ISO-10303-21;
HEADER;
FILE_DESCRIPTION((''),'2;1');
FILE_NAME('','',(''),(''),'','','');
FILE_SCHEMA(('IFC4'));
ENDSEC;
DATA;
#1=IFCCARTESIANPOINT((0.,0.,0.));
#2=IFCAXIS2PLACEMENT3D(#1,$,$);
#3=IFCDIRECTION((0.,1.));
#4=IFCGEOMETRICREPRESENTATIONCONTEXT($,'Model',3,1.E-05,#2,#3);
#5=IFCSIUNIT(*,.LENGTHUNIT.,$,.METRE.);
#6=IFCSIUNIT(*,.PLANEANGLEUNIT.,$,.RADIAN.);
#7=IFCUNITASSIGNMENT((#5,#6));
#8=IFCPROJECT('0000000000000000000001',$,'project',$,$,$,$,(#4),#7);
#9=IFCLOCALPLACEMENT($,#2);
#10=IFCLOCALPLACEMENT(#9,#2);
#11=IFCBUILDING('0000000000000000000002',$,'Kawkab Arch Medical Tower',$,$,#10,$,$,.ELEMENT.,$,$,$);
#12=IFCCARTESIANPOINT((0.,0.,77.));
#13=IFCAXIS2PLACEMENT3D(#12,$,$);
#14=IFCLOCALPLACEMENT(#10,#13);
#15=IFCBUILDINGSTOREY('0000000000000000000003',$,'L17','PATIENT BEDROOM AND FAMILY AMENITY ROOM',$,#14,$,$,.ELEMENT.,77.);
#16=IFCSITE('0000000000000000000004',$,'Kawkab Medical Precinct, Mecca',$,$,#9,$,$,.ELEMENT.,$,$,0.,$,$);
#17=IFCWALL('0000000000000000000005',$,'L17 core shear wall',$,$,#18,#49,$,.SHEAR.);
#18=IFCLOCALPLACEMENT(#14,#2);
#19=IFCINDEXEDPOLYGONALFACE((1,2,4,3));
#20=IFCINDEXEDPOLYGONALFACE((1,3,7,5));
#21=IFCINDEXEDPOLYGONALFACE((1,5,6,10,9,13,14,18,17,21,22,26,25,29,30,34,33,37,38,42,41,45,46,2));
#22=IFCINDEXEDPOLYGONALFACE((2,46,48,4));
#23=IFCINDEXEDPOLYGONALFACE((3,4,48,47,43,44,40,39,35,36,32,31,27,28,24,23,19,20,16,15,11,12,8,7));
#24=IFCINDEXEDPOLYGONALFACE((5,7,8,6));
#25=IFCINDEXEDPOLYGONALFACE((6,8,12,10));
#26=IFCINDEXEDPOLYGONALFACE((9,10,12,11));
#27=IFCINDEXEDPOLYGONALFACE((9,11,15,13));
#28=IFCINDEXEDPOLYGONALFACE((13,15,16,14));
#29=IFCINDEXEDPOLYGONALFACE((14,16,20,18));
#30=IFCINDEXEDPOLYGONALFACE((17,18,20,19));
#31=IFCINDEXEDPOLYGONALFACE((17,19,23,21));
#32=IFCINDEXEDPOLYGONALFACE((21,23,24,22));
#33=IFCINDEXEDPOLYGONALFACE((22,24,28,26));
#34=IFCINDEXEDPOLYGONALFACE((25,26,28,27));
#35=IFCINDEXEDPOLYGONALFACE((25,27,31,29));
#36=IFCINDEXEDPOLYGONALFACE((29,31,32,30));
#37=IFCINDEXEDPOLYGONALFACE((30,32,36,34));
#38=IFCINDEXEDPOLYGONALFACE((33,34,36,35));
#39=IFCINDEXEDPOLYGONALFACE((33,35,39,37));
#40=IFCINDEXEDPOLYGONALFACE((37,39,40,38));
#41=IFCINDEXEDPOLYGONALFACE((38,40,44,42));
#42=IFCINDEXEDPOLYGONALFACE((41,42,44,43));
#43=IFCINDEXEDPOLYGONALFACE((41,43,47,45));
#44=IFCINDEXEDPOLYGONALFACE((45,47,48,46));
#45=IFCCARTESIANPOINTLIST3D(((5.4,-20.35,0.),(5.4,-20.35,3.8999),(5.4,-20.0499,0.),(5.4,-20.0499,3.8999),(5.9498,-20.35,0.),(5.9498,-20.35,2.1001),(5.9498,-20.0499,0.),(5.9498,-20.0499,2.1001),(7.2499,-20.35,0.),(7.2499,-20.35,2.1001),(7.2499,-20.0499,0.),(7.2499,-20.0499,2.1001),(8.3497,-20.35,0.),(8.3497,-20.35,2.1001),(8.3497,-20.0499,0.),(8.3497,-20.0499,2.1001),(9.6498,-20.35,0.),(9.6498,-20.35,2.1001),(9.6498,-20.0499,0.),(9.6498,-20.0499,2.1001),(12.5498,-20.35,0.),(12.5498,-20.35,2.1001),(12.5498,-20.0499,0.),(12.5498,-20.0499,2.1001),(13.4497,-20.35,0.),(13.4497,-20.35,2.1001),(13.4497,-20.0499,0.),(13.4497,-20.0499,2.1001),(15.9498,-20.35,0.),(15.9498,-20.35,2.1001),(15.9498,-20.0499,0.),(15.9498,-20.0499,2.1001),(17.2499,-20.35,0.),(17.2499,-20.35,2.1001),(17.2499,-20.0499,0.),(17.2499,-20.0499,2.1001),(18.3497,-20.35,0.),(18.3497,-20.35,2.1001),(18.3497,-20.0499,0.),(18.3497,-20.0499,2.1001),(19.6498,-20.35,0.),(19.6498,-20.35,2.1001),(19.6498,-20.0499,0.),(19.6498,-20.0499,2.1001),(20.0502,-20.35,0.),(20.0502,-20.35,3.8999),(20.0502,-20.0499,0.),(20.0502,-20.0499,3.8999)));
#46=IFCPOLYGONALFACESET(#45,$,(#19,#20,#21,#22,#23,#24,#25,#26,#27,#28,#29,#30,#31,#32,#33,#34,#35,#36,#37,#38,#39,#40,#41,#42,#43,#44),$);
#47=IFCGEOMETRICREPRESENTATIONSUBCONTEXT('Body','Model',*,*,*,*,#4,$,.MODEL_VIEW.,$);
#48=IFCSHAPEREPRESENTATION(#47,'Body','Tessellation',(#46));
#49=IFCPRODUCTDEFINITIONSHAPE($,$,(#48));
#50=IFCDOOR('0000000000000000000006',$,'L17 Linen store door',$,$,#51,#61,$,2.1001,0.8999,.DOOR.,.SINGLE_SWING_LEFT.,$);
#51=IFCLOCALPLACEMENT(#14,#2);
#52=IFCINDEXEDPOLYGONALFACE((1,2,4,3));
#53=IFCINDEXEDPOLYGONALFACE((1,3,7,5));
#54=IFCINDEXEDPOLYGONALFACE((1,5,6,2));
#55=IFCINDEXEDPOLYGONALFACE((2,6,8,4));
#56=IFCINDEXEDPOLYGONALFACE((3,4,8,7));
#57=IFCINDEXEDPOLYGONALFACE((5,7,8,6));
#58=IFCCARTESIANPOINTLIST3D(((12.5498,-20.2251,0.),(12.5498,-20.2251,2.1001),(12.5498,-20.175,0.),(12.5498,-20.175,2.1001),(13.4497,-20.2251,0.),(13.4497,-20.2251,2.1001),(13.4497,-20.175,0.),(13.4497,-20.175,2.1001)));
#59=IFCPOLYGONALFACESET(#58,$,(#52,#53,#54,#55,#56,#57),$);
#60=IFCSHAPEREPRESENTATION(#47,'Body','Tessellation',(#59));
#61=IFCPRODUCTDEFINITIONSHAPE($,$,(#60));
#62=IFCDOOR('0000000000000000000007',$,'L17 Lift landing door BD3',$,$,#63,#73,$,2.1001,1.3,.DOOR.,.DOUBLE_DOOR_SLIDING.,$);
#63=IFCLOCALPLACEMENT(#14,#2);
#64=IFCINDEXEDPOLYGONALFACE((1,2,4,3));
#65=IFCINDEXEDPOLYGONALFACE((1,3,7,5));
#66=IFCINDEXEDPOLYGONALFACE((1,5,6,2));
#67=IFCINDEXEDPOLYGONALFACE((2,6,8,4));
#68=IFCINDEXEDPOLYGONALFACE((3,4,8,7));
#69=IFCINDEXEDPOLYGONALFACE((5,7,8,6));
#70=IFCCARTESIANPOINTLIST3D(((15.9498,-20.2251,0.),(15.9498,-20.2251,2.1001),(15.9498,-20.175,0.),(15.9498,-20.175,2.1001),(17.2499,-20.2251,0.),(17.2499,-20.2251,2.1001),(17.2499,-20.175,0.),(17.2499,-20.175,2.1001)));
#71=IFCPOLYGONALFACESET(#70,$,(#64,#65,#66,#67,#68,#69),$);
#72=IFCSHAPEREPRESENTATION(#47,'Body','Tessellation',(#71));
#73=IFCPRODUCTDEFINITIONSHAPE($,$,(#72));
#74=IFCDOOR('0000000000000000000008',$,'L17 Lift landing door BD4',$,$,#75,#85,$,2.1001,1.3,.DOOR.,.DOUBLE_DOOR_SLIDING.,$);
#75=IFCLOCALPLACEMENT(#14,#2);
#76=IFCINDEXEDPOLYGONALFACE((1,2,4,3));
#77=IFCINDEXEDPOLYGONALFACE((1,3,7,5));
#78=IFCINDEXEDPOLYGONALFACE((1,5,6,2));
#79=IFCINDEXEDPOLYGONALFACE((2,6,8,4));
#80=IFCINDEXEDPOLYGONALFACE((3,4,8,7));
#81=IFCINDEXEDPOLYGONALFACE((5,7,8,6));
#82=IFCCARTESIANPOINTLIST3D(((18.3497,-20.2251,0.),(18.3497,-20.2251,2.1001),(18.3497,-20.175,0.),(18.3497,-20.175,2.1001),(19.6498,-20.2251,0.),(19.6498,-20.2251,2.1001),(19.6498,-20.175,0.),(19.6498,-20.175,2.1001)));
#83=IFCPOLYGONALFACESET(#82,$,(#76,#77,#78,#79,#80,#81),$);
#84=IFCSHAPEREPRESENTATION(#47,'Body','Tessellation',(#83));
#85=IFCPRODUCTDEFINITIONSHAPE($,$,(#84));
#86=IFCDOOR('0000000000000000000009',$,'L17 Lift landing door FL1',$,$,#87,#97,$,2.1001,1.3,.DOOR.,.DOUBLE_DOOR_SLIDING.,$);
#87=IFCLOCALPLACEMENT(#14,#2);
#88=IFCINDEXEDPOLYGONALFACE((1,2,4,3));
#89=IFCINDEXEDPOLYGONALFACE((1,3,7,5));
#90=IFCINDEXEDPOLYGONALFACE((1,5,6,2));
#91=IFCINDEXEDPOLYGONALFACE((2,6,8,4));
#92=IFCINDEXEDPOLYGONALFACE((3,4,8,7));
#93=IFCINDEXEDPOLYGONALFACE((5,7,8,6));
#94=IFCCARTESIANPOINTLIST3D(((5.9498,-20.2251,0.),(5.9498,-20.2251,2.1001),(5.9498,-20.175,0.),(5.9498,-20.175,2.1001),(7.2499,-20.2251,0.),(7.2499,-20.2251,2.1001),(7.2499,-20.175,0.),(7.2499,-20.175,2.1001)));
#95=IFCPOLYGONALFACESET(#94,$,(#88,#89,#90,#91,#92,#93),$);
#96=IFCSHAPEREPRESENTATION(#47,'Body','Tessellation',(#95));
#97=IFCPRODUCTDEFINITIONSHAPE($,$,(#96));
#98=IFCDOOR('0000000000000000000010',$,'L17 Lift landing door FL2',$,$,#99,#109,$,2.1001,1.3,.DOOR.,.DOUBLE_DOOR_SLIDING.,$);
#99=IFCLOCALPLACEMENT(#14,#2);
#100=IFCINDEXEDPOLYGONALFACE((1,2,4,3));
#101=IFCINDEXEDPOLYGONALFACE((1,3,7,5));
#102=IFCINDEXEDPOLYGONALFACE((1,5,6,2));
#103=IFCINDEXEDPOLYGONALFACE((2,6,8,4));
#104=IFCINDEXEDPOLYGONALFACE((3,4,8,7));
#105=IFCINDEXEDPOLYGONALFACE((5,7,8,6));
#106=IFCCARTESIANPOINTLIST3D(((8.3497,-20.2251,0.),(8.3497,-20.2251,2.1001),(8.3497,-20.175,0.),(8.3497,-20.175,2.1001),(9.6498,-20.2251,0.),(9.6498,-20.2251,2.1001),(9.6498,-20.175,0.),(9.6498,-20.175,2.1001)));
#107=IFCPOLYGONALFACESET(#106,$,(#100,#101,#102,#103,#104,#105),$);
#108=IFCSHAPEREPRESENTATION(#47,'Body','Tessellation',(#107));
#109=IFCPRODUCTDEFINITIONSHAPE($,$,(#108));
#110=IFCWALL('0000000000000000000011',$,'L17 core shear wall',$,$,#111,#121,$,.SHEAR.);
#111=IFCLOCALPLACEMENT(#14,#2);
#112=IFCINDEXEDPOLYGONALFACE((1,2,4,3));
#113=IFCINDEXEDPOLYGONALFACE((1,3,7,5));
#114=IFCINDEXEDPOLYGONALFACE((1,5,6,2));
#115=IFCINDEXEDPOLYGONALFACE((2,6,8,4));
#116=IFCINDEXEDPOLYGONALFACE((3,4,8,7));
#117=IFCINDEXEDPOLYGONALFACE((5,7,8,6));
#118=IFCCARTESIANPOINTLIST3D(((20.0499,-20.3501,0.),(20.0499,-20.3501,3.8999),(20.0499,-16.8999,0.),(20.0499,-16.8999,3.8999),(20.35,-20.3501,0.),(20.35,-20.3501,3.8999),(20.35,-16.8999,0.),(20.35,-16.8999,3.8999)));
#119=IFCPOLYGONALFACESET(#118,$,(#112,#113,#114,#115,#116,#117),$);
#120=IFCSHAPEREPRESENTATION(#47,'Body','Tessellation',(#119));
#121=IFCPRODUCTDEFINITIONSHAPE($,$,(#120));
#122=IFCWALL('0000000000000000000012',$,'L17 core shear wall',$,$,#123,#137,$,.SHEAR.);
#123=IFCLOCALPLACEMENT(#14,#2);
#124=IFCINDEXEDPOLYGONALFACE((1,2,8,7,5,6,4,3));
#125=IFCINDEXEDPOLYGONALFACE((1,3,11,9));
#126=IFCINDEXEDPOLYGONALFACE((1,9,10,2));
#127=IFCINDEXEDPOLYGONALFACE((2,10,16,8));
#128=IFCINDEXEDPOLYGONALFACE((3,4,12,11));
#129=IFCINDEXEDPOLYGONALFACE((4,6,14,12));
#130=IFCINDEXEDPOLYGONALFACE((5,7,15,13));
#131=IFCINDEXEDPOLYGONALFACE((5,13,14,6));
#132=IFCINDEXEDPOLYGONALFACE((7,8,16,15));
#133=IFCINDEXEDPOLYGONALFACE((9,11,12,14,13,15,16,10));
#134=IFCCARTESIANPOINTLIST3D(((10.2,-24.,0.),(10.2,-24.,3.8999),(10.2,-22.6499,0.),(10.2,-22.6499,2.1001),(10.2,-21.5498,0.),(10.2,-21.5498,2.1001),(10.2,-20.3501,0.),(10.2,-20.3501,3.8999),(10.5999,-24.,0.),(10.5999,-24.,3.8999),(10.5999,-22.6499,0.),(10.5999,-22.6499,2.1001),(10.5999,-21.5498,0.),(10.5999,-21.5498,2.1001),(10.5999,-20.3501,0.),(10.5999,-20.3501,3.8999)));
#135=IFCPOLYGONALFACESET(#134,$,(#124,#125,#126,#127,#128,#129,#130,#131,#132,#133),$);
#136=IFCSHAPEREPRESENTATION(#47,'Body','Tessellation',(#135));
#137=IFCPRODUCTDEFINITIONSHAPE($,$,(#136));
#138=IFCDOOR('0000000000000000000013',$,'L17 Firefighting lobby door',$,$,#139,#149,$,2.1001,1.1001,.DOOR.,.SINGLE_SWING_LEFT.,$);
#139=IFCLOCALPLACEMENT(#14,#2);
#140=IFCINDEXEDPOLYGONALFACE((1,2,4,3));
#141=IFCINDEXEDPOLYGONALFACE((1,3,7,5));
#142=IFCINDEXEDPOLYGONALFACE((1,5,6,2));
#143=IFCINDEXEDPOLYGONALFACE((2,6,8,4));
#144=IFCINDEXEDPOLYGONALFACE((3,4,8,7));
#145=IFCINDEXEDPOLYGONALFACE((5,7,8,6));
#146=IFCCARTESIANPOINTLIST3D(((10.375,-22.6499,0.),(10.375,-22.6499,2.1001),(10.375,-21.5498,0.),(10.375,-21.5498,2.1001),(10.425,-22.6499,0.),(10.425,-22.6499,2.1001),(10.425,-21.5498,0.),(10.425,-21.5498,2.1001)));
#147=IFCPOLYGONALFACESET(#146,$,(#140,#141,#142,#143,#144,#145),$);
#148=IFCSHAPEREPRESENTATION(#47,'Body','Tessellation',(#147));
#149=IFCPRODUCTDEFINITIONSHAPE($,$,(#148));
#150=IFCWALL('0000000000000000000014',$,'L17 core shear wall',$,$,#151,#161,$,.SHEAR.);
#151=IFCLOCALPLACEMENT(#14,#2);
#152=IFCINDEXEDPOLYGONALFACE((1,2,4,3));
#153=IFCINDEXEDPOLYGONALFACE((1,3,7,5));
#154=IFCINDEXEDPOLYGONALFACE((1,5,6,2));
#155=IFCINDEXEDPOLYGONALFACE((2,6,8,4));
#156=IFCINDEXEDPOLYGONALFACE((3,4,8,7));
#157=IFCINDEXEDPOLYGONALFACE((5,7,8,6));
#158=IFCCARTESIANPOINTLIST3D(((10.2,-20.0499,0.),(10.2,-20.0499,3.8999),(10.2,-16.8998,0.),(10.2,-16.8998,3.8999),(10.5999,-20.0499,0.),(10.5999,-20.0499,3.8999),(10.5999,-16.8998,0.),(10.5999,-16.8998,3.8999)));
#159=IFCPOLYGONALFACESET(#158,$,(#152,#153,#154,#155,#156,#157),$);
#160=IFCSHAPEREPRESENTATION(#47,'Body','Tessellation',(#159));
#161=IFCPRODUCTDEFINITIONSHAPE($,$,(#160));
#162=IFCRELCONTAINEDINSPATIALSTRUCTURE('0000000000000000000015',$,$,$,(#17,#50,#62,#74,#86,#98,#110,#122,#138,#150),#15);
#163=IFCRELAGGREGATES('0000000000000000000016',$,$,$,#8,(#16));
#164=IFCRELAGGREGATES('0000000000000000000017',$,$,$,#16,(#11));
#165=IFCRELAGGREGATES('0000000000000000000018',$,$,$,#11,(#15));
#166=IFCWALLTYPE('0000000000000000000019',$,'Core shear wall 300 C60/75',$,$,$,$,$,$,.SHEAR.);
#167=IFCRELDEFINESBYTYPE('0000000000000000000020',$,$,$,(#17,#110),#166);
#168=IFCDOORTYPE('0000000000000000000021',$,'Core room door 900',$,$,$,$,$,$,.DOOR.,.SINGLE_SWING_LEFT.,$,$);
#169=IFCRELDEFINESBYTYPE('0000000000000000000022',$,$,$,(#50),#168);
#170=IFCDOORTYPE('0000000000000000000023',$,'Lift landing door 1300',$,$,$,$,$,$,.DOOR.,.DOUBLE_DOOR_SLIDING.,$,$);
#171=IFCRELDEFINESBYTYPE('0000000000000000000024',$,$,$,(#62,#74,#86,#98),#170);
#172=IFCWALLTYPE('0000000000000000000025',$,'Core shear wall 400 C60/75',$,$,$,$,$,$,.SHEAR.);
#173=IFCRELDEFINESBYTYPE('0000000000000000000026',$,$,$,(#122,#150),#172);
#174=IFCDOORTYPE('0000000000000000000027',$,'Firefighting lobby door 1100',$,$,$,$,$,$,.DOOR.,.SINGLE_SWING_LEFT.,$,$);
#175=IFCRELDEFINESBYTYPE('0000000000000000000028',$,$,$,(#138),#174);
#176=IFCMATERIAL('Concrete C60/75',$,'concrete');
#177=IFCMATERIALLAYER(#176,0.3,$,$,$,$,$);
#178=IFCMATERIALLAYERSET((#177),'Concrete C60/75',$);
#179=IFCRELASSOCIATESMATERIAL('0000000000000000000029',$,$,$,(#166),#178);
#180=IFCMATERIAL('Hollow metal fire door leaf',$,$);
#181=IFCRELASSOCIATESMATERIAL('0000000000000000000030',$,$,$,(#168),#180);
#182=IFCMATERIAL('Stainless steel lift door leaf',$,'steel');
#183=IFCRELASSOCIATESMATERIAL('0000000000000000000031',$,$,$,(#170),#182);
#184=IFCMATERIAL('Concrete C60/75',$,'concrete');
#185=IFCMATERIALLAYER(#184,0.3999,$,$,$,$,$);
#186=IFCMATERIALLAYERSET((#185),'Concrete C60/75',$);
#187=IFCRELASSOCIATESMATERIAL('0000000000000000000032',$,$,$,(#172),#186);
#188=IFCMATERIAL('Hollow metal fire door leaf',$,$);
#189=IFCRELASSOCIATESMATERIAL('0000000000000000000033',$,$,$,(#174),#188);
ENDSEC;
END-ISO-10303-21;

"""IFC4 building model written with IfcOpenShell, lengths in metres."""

from ifc_helpers import new_model, si_unit, direction, frame, frame_2d, origin, place, context, subcontext, project, spatial, rectangle, extrude, material, layer, layer_set, type_object, element, fill, save


model = new_model("IFC4")

# Units and contexts
model_context = context("Model", 3, precision=1e-05, world=origin(), true_north=direction((0.0, 1.0)))
body_context = subcontext(model_context, "Body", "Model", "MODEL_VIEW")
ifc_project = project(units=[si_unit("LENGTHUNIT", "METRE"), si_unit("PLANEANGLEUNIT", "RADIAN")], contexts=[model_context])

# Site, building, storey
site_placement = place(None, origin())
site = spatial("IfcSite", under=ifc_project, at=site_placement, Name="Kawkab Medical Precinct, Mecca", CompositionType="ELEMENT", RefElevation=0.0)
building_placement = place(site_placement, origin())
building = spatial("IfcBuilding", under=site, at=building_placement, Name="Kawkab Arch Medical Tower", CompositionType="ELEMENT")
storey_placement = place(building_placement, frame((0.0, 0.0, 77.0)))
storey = spatial("IfcBuildingStorey", under=building, at=storey_placement, Name="L17", Description="PATIENT BEDROOM AND FAMILY AMENITY ROOM", CompositionType="ELEMENT", Elevation=77.0)

# Shared definitions
ifc_material_1 = material(Name="Concrete C60/75", Category="concrete")
ifc_layer_1 = layer(ifc_material_1, 0.3)
ifc_layer_set_1 = layer_set([ifc_layer_1], Name="Concrete C60/75")
wall_type_1 = type_object("IfcWallType", Name="Core shear wall 300 C60/75", PredefinedType="SHEAR", material=ifc_layer_set_1)

# Wall, openings, doors
wall_1_placement = place(storey_placement, frame((5.3999, -20.2, 0.0), z_axis=(0.0, 0.0, 1.0), x_axis=(1.0, 0.0, 0.0)))
wall_1 = element("IfcWall", 1, at=wall_1_placement, inside=storey, type_object=wall_type_1, Name="L17 core shear wall", PredefinedType="SHEAR", context=body_context, shape_type="SweptSolid", body=[
    extrude(rectangle(XDim=14.6501, YDim=0.3, at=frame_2d((7.3252, 0.0))), origin(), (0.0, 0.0, 1.0), 3.8999),
])
opening_1_placement = place(wall_1_placement, frame((10.55, 0.0, 0.0)))
opening_1 = element("IfcOpeningElement", 2, at=opening_1_placement, cuts=wall_1, PredefinedType="OPENING", context=body_context, shape_type="SweptSolid", body=[
    extrude(rectangle(XDim=1.3, YDim=2.1001, at=frame_2d((0.6499, 1.05))), frame((0.0, 0.1599, 0.0), z_axis=(0.0, -1.0, 0.0), x_axis=(1.0, 0.0, 0.0)), (0.0, 0.0, 1.0), 0.3201),
])
opening_2_placement = place(wall_1_placement, frame((12.95, 0.0, 0.0)))
opening_2 = element("IfcOpeningElement", 3, at=opening_2_placement, cuts=wall_1, PredefinedType="OPENING", context=body_context, shape_type="SweptSolid", body=[
    extrude(rectangle(XDim=1.3, YDim=2.1001, at=frame_2d((0.6499, 1.05))), frame((0.0, 0.1599, 0.0), z_axis=(0.0, -1.0, 0.0), x_axis=(1.0, 0.0, 0.0)), (0.0, 0.0, 1.0), 0.3201),
])
opening_3_placement = place(wall_1_placement, frame((0.55, 0.0, 0.0)))
opening_3 = element("IfcOpeningElement", 4, at=opening_3_placement, cuts=wall_1, PredefinedType="OPENING", context=body_context, shape_type="SweptSolid", body=[
    extrude(rectangle(XDim=1.3, YDim=2.1001, at=frame_2d((0.6499, 1.05))), frame((0.0, 0.1599, 0.0), z_axis=(0.0, -1.0, 0.0), x_axis=(1.0, 0.0, 0.0)), (0.0, 0.0, 1.0), 0.3201),
])
opening_4_placement = place(wall_1_placement, frame((2.95, 0.0, 0.0)))
opening_4 = element("IfcOpeningElement", 5, at=opening_4_placement, cuts=wall_1, PredefinedType="OPENING", context=body_context, shape_type="SweptSolid", body=[
    extrude(rectangle(XDim=1.3, YDim=2.1001, at=frame_2d((0.6499, 1.05))), frame((0.0, 0.1599, 0.0), z_axis=(0.0, -1.0, 0.0), x_axis=(1.0, 0.0, 0.0)), (0.0, 0.0, 1.0), 0.3201),
])
opening_5_placement = place(wall_1_placement, frame((7.1499, 0.0, 0.0)))
opening_5 = element("IfcOpeningElement", 6, at=opening_5_placement, cuts=wall_1, PredefinedType="OPENING", context=body_context, shape_type="SweptSolid", body=[
    extrude(rectangle(XDim=0.8999, YDim=2.1001, at=frame_2d((0.45, 1.05))), frame((0.0, 0.1599, 0.0), z_axis=(0.0, -1.0, 0.0), x_axis=(1.0, 0.0, 0.0)), (0.0, 0.0, 1.0), 0.3201),
])
ifc_material_2 = material(Name="Hollow metal fire door leaf")
door_type_1 = type_object("IfcDoorType", Name="Core room door 900", OperationType="SINGLE_SWING_LEFT", PredefinedType="DOOR", material=ifc_material_2)
door_1_placement = place(opening_5_placement, origin())
door_1 = element("IfcDoor", 7, at=door_1_placement, inside=storey, type_object=door_type_1, Name="L17 Linen store door", OperationType="SINGLE_SWING_LEFT", OverallHeight=2.1001, OverallWidth=0.8999, PredefinedType="DOOR", context=body_context, shape_type="SweptSolid", body=[
    extrude(rectangle(XDim=0.8999, YDim=2.1001, at=frame_2d((0.45, 1.05))), frame((0.0, 0.0249, 0.0), z_axis=(0.0, -1.0, 0.0), x_axis=(1.0, 0.0, 0.0)), (0.0, 0.0, 1.0), 0.05),
])
fill(opening_5, door_1)
ifc_material_3 = material(Name="Stainless steel lift door leaf", Category="steel")
door_type_2 = type_object("IfcDoorType", Name="Lift landing door 1300", OperationType="DOUBLE_DOOR_SLIDING", PredefinedType="DOOR", material=ifc_material_3)
door_2_placement = place(opening_1_placement, origin())
door_2 = element("IfcDoor", 8, at=door_2_placement, inside=storey, type_object=door_type_2, Name="L17 Lift landing door BD3", OperationType="DOUBLE_DOOR_SLIDING", OverallHeight=2.1001, OverallWidth=1.3, PredefinedType="DOOR", context=body_context, shape_type="SweptSolid", body=[
    extrude(rectangle(XDim=1.3, YDim=2.1001, at=frame_2d((0.6499, 1.05))), frame((0.0, 0.0249, 0.0), z_axis=(0.0, -1.0, 0.0), x_axis=(1.0, 0.0, 0.0)), (0.0, 0.0, 1.0), 0.05),
])
fill(opening_1, door_2)
door_3_placement = place(opening_2_placement, origin())
door_3 = element("IfcDoor", 9, at=door_3_placement, inside=storey, type_object=door_type_2, Name="L17 Lift landing door BD4", OperationType="DOUBLE_DOOR_SLIDING", OverallHeight=2.1001, OverallWidth=1.3, PredefinedType="DOOR", context=body_context, shape_type="SweptSolid", body=[
    extrude(rectangle(XDim=1.3, YDim=2.1001, at=frame_2d((0.6499, 1.05))), frame((0.0, 0.0249, 0.0), z_axis=(0.0, -1.0, 0.0), x_axis=(1.0, 0.0, 0.0)), (0.0, 0.0, 1.0), 0.05),
])
fill(opening_2, door_3)
door_4_placement = place(opening_3_placement, origin())
door_4 = element("IfcDoor", 10, at=door_4_placement, inside=storey, type_object=door_type_2, Name="L17 Lift landing door FL1", OperationType="DOUBLE_DOOR_SLIDING", OverallHeight=2.1001, OverallWidth=1.3, PredefinedType="DOOR", context=body_context, shape_type="SweptSolid", body=[
    extrude(rectangle(XDim=1.3, YDim=2.1001, at=frame_2d((0.6499, 1.05))), frame((0.0, 0.0249, 0.0), z_axis=(0.0, -1.0, 0.0), x_axis=(1.0, 0.0, 0.0)), (0.0, 0.0, 1.0), 0.05),
])
fill(opening_3, door_4)
door_5_placement = place(opening_4_placement, origin())
door_5 = element("IfcDoor", 11, at=door_5_placement, inside=storey, type_object=door_type_2, Name="L17 Lift landing door FL2", OperationType="DOUBLE_DOOR_SLIDING", OverallHeight=2.1001, OverallWidth=1.3, PredefinedType="DOOR", context=body_context, shape_type="SweptSolid", body=[
    extrude(rectangle(XDim=1.3, YDim=2.1001, at=frame_2d((0.6499, 1.05))), frame((0.0, 0.0249, 0.0), z_axis=(0.0, -1.0, 0.0), x_axis=(1.0, 0.0, 0.0)), (0.0, 0.0, 1.0), 0.05),
])
fill(opening_4, door_5)

# Wall
wall_2_placement = place(storey_placement, frame((20.2, -20.3501, 0.0), z_axis=(0.0, 0.0, 1.0), x_axis=(0.0, 1.0, 0.0)))
element("IfcWall", 12, at=wall_2_placement, inside=storey, type_object=wall_type_1, Name="L17 core shear wall", PredefinedType="SHEAR", context=body_context, shape_type="SweptSolid", body=[
    extrude(rectangle(XDim=3.4502, YDim=0.3, at=frame_2d((1.7251, 0.0))), origin(), (0.0, 0.0, 1.0), 3.8999),
])

# Wall, opening, door
ifc_material_4 = material(Name="Concrete C60/75", Category="concrete")
ifc_layer_2 = layer(ifc_material_4, 0.3999)
ifc_layer_set_2 = layer_set([ifc_layer_2], Name="Concrete C60/75")
wall_type_2 = type_object("IfcWallType", Name="Core shear wall 400 C60/75", PredefinedType="SHEAR", material=ifc_layer_set_2)
wall_3_placement = place(storey_placement, frame((10.3999, -24.0, 0.0), z_axis=(0.0, 0.0, 1.0), x_axis=(0.0, 1.0, 0.0)))
wall_3 = element("IfcWall", 13, at=wall_3_placement, inside=storey, type_object=wall_type_2, Name="L17 core shear wall", PredefinedType="SHEAR", context=body_context, shape_type="SweptSolid", body=[
    extrude(rectangle(XDim=3.6499, YDim=0.3999, at=frame_2d((1.825, 0.0))), origin(), (0.0, 0.0, 1.0), 3.8999),
])
opening_6_placement = place(wall_3_placement, frame((1.3501, 0.0, 0.0)))
opening_6 = element("IfcOpeningElement", 14, at=opening_6_placement, cuts=wall_3, PredefinedType="OPENING", context=body_context, shape_type="SweptSolid", body=[
    extrude(rectangle(XDim=1.1001, YDim=2.1001, at=frame_2d((0.55, 1.05))), frame((0.0, 0.21, 0.0), z_axis=(0.0, -1.0, 0.0), x_axis=(1.0, 0.0, 0.0)), (0.0, 0.0, 1.0), 0.4199),
])
ifc_material_5 = material(Name="Hollow metal fire door leaf")
door_type_3 = type_object("IfcDoorType", Name="Firefighting lobby door 1100", OperationType="SINGLE_SWING_LEFT", PredefinedType="DOOR", material=ifc_material_5)
door_6_placement = place(opening_6_placement, origin())
door_6 = element("IfcDoor", 15, at=door_6_placement, inside=storey, type_object=door_type_3, Name="L17 Firefighting lobby door", OperationType="SINGLE_SWING_LEFT", OverallHeight=2.1001, OverallWidth=1.1001, PredefinedType="DOOR", context=body_context, shape_type="SweptSolid", body=[
    extrude(rectangle(XDim=1.1001, YDim=2.1001, at=frame_2d((0.55, 1.05))), frame((0.0, 0.0249, 0.0), z_axis=(0.0, -1.0, 0.0), x_axis=(1.0, 0.0, 0.0)), (0.0, 0.0, 1.0), 0.05),
])
fill(opening_6, door_6)

# Wall
wall_4_placement = place(storey_placement, frame((10.3999, -20.05, 0.0), z_axis=(0.0, 0.0, 1.0), x_axis=(0.0, 1.0, 0.0)))
element("IfcWall", 16, at=wall_4_placement, inside=storey, type_object=wall_type_2, Name="L17 core shear wall", PredefinedType="SHEAR", context=body_context, shape_type="SweptSolid", body=[
    extrude(rectangle(XDim=3.1501, YDim=0.3999, at=frame_2d((1.5752, 0.0))), origin(), (0.0, 0.0, 1.0), 3.8999),
])

save(model, "model.ifc")
